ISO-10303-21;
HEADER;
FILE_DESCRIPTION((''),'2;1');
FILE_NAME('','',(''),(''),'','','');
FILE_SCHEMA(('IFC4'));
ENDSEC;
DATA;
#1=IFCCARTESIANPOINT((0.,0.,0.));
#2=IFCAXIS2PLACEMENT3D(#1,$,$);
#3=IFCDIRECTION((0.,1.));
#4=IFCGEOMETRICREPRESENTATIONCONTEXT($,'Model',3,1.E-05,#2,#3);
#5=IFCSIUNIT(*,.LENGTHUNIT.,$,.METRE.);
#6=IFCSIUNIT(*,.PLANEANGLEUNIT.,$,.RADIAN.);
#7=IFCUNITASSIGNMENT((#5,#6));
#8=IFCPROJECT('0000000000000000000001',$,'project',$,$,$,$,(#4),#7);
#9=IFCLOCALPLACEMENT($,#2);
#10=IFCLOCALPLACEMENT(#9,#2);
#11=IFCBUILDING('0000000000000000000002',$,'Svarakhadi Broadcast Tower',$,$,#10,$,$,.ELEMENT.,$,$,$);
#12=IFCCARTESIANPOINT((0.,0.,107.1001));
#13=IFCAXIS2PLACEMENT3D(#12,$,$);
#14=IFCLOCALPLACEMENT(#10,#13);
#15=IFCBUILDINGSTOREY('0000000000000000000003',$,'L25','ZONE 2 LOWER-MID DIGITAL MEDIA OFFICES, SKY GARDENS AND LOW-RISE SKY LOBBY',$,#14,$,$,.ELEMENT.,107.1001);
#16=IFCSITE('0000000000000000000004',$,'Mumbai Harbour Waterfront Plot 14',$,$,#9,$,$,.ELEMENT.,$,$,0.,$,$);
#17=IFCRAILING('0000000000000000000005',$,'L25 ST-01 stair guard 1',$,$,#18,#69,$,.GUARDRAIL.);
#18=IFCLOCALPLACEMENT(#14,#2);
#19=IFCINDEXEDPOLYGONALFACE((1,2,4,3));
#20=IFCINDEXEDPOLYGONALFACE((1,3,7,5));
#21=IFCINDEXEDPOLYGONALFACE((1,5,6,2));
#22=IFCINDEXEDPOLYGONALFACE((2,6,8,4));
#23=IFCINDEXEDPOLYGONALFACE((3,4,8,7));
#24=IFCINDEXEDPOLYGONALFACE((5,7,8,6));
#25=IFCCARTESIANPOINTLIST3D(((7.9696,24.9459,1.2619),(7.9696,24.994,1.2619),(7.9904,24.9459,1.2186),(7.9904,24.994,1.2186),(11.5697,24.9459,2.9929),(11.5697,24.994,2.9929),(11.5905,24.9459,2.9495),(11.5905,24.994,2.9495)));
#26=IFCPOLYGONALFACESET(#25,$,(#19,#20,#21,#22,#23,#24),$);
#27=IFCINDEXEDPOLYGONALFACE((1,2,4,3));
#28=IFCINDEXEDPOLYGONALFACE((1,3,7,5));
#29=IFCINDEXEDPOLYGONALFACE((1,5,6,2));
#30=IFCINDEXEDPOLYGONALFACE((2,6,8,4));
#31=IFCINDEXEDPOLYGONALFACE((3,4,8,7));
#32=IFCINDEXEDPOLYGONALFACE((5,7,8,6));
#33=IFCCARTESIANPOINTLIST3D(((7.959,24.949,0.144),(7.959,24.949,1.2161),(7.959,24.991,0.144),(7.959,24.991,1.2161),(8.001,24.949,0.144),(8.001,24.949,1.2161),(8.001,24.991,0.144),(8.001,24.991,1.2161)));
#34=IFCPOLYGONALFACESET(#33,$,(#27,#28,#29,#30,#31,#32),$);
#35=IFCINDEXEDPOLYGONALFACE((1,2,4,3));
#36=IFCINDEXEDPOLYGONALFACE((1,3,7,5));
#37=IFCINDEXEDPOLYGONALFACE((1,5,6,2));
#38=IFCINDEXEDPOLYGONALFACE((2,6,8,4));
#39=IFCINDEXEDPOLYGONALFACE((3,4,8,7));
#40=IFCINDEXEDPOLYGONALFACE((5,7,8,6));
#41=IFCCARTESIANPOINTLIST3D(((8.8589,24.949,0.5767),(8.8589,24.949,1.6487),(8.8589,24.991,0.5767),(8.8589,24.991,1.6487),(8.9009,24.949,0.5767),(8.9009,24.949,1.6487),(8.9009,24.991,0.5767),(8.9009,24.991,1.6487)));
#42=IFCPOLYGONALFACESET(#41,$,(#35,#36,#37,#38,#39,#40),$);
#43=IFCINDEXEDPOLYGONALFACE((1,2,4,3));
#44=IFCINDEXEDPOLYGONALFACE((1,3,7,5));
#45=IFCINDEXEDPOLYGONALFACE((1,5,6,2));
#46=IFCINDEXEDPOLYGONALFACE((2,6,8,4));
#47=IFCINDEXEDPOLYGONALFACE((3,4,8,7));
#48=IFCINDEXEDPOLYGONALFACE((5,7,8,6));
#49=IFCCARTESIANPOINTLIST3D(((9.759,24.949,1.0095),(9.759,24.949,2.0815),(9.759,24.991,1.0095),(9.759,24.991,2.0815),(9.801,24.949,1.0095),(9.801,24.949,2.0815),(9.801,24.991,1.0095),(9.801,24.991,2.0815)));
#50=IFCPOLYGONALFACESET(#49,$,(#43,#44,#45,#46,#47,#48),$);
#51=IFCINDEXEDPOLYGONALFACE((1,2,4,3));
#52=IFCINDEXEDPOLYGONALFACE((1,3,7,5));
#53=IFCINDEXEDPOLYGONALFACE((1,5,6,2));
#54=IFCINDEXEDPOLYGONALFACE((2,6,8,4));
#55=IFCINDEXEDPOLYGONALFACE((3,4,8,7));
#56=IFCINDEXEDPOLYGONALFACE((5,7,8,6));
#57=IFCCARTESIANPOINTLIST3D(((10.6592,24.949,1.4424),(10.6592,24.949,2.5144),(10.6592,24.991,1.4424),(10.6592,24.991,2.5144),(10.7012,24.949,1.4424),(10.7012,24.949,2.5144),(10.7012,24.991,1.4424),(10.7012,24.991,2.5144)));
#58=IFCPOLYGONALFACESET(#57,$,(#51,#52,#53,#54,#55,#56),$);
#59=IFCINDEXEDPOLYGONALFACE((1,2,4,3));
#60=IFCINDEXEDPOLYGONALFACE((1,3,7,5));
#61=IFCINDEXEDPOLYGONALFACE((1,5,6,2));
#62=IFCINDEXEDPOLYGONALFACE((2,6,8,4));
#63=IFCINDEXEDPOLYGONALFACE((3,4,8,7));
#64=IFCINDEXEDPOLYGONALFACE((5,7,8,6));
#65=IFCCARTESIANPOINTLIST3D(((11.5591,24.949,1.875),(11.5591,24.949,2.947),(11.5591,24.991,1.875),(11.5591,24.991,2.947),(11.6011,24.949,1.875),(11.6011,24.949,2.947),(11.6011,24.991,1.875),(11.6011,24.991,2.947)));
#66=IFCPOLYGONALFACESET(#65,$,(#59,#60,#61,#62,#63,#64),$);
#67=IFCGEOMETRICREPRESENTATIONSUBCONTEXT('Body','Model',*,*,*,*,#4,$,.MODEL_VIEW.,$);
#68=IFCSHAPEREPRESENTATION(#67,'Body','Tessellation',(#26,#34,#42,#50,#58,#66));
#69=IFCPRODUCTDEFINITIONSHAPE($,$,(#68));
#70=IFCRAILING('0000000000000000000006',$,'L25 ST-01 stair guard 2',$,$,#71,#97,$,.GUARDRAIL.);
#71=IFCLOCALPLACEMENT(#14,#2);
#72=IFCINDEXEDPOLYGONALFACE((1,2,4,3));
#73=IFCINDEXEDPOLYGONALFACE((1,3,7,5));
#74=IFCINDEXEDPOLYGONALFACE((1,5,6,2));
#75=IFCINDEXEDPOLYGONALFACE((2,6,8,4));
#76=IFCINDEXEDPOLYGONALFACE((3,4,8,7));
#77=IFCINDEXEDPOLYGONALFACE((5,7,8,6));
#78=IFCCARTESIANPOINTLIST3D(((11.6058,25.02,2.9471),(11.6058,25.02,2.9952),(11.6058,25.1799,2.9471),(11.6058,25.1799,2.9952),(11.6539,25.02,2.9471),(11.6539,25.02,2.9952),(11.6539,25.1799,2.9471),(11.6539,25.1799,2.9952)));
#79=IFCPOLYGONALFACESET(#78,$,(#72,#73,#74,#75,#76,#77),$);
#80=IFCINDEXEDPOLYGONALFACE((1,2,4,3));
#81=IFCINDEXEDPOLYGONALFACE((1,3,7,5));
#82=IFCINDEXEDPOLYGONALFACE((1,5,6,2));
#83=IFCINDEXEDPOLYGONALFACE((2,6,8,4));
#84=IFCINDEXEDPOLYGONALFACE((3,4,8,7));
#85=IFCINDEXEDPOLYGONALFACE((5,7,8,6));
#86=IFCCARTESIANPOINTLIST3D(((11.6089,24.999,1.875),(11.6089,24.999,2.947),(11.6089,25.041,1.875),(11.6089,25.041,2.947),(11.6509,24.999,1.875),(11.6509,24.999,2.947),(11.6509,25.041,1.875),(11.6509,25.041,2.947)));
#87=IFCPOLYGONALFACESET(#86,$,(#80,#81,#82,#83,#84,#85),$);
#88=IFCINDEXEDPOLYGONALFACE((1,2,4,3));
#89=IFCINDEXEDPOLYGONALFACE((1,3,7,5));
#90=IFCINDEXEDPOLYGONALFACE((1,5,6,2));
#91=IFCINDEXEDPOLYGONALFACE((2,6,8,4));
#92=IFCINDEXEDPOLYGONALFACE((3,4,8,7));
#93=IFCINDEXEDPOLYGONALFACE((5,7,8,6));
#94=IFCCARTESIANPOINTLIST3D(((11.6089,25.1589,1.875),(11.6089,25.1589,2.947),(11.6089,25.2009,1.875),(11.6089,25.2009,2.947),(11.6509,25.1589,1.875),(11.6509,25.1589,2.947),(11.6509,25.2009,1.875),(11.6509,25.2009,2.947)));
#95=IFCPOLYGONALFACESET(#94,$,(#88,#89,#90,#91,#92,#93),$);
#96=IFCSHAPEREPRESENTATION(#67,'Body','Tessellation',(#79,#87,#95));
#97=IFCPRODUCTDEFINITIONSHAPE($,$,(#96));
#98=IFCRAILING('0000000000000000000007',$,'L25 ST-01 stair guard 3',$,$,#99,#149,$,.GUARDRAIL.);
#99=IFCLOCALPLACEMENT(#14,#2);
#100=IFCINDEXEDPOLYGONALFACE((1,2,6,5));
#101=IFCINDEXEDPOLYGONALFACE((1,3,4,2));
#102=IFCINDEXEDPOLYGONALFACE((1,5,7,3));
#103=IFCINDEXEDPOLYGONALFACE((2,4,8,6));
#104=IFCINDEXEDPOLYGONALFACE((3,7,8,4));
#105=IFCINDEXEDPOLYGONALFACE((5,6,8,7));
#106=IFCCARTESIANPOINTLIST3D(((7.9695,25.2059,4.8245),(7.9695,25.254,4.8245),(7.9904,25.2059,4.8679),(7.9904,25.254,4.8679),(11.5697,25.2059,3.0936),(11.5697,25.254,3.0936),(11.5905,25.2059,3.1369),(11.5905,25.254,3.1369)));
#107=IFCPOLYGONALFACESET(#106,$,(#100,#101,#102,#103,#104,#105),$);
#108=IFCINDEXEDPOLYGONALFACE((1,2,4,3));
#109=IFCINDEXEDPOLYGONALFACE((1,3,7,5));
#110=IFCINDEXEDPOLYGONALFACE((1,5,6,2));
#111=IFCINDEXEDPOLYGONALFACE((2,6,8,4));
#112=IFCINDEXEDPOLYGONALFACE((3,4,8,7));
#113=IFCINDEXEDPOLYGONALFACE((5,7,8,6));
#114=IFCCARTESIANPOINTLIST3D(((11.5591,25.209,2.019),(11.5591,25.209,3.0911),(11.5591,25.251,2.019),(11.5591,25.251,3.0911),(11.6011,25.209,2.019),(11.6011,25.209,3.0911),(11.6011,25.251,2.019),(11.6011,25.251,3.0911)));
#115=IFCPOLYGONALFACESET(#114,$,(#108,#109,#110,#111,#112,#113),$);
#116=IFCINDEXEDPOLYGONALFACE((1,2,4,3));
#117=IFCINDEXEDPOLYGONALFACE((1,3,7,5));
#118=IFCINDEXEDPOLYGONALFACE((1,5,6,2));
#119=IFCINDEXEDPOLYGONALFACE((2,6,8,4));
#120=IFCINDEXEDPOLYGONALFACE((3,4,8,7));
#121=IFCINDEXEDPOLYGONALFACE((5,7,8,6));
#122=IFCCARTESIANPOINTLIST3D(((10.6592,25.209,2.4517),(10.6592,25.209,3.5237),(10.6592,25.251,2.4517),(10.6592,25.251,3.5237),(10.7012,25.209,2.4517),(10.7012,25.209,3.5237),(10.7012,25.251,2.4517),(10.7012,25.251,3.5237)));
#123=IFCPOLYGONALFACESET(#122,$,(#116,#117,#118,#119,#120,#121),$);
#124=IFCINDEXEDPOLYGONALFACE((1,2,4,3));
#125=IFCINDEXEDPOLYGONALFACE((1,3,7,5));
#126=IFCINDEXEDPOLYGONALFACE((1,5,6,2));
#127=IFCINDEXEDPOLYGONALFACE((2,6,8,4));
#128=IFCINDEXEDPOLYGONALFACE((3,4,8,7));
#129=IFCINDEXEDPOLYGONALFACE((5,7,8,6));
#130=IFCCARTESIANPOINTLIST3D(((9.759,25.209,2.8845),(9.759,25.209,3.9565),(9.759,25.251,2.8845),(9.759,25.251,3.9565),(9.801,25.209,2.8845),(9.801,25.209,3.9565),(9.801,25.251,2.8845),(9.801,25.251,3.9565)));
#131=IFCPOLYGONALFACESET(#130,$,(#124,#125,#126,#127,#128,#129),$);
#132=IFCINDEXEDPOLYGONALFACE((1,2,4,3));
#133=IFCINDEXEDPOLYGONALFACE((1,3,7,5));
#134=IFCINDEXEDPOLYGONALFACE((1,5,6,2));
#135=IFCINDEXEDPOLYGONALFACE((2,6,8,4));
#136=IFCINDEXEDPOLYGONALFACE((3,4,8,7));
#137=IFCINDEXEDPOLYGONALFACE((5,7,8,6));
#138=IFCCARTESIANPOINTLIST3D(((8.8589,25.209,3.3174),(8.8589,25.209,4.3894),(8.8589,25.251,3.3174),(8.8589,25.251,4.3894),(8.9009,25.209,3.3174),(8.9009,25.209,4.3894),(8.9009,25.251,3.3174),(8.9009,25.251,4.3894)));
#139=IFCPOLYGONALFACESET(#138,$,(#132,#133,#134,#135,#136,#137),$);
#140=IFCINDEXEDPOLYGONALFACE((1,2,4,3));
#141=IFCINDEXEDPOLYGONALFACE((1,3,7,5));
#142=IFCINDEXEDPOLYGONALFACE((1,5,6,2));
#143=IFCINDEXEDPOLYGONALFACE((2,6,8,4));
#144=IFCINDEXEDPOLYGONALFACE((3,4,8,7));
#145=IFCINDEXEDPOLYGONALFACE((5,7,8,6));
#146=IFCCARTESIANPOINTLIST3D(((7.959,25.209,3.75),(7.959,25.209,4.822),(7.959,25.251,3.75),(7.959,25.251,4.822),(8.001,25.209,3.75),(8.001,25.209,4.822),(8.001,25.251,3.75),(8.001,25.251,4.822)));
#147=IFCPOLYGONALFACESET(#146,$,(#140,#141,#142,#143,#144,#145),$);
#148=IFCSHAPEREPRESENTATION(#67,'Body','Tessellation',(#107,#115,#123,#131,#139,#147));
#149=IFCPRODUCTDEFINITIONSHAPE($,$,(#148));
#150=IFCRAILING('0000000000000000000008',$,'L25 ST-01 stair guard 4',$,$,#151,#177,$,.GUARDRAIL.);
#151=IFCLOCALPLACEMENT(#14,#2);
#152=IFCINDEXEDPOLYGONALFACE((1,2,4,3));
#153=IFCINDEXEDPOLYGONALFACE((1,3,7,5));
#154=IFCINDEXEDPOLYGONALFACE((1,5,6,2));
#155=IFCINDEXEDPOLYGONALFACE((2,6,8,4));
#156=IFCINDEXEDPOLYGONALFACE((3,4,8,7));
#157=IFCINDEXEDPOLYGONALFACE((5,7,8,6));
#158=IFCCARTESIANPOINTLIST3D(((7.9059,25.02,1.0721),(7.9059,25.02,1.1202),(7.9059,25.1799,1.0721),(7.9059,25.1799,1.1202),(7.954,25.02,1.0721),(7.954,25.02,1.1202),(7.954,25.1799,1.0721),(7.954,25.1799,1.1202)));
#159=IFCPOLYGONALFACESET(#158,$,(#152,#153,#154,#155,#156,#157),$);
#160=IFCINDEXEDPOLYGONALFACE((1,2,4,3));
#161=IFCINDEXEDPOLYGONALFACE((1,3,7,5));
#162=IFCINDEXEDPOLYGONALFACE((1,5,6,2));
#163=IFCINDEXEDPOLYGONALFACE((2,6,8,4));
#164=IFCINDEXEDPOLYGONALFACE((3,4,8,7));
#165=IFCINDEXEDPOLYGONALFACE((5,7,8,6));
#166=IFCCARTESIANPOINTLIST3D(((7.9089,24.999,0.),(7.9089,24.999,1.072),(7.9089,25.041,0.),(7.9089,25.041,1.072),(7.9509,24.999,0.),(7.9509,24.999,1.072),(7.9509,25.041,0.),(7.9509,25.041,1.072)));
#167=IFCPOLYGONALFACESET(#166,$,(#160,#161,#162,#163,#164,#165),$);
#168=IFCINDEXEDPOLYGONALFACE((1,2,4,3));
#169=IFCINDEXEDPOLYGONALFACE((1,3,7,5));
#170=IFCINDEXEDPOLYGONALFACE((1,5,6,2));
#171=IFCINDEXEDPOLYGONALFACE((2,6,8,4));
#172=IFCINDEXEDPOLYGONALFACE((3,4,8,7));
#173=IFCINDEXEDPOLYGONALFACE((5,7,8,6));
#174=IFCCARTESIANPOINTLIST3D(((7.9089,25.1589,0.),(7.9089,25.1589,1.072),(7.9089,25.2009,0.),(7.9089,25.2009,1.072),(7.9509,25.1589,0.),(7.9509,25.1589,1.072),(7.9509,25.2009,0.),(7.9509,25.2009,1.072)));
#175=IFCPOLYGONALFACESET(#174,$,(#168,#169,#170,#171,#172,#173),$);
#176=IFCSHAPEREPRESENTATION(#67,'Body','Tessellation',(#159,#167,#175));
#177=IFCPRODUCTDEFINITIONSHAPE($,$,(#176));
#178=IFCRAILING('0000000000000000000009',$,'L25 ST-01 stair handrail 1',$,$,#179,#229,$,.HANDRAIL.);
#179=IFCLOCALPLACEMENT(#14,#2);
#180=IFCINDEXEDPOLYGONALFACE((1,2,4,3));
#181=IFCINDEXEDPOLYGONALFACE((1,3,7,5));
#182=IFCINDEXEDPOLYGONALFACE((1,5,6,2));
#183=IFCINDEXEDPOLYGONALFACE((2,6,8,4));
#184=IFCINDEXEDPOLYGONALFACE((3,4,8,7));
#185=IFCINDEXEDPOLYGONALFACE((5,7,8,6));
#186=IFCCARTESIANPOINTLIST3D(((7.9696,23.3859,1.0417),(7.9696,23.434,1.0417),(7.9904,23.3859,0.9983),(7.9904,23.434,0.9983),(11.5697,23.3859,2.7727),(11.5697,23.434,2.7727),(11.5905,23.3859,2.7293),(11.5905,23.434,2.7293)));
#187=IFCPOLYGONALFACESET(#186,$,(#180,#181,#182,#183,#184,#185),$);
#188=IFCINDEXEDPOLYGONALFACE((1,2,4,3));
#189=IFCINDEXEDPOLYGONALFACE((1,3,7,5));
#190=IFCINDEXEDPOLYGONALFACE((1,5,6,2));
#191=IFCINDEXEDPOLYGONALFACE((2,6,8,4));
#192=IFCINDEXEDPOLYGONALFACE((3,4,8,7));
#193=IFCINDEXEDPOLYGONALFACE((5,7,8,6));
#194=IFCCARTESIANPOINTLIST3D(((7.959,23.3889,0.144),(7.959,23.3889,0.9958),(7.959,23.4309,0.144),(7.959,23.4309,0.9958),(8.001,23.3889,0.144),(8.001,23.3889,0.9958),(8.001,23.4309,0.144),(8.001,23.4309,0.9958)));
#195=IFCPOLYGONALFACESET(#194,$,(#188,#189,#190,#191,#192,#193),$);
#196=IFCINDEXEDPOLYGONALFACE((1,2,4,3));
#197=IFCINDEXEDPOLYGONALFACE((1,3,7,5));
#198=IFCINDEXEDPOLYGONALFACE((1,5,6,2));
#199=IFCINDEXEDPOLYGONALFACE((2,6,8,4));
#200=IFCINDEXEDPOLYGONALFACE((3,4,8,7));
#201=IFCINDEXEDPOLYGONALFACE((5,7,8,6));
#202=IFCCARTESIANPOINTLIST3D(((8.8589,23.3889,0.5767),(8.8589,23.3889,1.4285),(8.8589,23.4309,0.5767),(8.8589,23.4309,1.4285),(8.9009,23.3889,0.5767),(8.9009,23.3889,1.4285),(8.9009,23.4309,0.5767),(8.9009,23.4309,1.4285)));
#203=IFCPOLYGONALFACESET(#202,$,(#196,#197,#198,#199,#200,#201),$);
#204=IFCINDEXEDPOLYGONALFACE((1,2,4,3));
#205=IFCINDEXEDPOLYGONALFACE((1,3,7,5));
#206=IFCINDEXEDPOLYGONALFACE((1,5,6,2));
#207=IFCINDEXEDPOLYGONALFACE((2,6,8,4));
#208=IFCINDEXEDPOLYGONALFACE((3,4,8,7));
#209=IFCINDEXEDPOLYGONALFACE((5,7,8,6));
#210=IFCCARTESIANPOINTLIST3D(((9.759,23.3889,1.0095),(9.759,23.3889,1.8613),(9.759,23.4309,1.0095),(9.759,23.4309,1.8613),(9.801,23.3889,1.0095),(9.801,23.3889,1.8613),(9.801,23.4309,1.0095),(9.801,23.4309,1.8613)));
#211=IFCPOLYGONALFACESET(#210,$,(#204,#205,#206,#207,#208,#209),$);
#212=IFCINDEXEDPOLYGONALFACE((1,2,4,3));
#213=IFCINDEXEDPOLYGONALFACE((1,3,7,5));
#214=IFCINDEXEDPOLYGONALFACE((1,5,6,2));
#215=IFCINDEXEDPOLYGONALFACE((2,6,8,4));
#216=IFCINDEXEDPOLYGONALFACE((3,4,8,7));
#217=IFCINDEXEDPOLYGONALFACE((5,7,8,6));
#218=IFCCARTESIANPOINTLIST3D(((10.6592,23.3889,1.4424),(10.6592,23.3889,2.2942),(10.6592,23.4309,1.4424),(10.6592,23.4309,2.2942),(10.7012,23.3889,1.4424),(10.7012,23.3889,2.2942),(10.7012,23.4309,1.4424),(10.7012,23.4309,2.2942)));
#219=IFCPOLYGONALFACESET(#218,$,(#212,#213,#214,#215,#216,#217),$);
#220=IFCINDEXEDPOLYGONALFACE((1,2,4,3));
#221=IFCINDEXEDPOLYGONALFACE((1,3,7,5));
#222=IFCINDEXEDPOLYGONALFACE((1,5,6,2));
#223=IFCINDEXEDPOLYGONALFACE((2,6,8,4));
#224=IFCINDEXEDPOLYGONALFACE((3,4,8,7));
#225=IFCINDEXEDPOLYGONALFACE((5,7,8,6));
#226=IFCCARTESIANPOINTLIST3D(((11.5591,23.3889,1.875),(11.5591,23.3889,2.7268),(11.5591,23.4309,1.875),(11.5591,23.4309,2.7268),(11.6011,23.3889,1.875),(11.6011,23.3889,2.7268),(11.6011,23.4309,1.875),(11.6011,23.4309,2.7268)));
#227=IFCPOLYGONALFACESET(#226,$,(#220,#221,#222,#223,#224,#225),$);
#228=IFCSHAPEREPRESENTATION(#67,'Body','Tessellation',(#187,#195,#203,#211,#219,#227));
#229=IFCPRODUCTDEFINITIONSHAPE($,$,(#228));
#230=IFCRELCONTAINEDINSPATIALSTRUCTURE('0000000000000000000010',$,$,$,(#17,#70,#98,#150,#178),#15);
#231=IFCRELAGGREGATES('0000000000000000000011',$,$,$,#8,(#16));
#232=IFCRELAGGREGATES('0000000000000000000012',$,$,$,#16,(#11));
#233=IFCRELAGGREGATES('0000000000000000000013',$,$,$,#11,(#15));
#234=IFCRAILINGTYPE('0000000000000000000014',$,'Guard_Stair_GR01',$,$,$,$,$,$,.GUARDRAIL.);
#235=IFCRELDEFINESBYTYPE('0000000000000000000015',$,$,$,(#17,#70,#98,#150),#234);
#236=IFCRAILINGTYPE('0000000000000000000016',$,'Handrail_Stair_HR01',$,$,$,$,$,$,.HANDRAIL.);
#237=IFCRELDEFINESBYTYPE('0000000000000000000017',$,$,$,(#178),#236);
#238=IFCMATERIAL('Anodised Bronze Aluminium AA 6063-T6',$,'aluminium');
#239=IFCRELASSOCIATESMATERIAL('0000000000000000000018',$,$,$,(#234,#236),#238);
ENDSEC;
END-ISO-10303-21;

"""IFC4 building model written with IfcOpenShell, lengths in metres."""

from ifc_helpers import new_model, si_unit, direction, frame, origin, origin_2d, place, context, subcontext, project, spatial, rectangle, extrude, material, type_object, element, save


model = new_model("IFC4")

# Units and contexts
model_context = context("Model", 3, precision=1e-05, world=origin(), true_north=direction((0.0, 1.0)))
body_context = subcontext(model_context, "Body", "Model", "MODEL_VIEW")
ifc_project = project(units=[si_unit("LENGTHUNIT", "METRE"), si_unit("PLANEANGLEUNIT", "RADIAN")], contexts=[model_context])

# Site, building, storey
site_placement = place(None, origin())
site = spatial("IfcSite", under=ifc_project, at=site_placement, Name="Mumbai Harbour Waterfront Plot 14", CompositionType="ELEMENT", RefElevation=0.0)
building_placement = place(site_placement, origin())
building = spatial("IfcBuilding", under=site, at=building_placement, Name="Svarakhadi Broadcast Tower", CompositionType="ELEMENT")
storey_placement = place(building_placement, frame((0.0, 0.0, 107.1001)))
storey = spatial("IfcBuildingStorey", under=building, at=storey_placement, Name="L25", Description="ZONE 2 LOWER-MID DIGITAL MEDIA OFFICES, SKY GARDENS AND LOW-RISE SKY LOBBY", CompositionType="ELEMENT", Elevation=107.1001)

# Railings
ifc_material_1 = material(Name="Anodised Bronze Aluminium AA 6063-T6", Category="aluminium")
railing_type_1 = type_object("IfcRailingType", Name="Guard_Stair_GR01", PredefinedType="GUARDRAIL", material=ifc_material_1)
railing_1_placement = place(storey_placement, frame((7.98, 24.97, 0.144)))
element("IfcRailing", 1, at=railing_1_placement, inside=storey, type_object=railing_type_1, Name="L25 ST-01 stair guard 1", PredefinedType="GUARDRAIL", context=body_context, shape_type="SweptSolid", body=[
    extrude(rectangle(XDim=0.0481, YDim=0.0481, at=origin_2d()), frame((0.0, 0.0, 1.0962), z_axis=(0.901239, 0.0, 0.433323), x_axis=(0.0, 1.0, 0.0)), (0.0, 0.0, 1.0), 3.9946),
    extrude(rectangle(XDim=0.042, YDim=0.042, at=origin_2d()), origin(), (0.0, 0.0, 1.0), 1.072),
    extrude(rectangle(XDim=0.042, YDim=0.042, at=origin_2d()), frame((0.8999, 0.0, 0.4326)), (0.0, 0.0, 1.0), 1.072),
    extrude(rectangle(XDim=0.042, YDim=0.042, at=origin_2d()), frame((1.8, 0.0, 0.8655)), (0.0, 0.0, 1.0), 1.072),
    extrude(rectangle(XDim=0.042, YDim=0.042, at=origin_2d()), frame((2.7002, 0.0, 1.2983)), (0.0, 0.0, 1.0), 1.072),
    extrude(rectangle(XDim=0.042, YDim=0.042, at=origin_2d()), frame((3.6001, 0.0, 1.731)), (0.0, 0.0, 1.0), 1.072),
])
railing_2_placement = place(storey_placement, frame((11.6299, 25.02, 1.875)))
element("IfcRailing", 2, at=railing_2_placement, inside=storey, type_object=railing_type_1, Name="L25 ST-01 stair guard 2", PredefinedType="GUARDRAIL", context=body_context, shape_type="SweptSolid", body=[
    extrude(rectangle(XDim=0.0481, YDim=0.0481, at=origin_2d()), frame((0.0, 0.0, 1.0962), z_axis=(0.0, 1.0, 0.0), x_axis=(-1.0, 0.0, 0.0)), (0.0, 0.0, 1.0), 0.1599),
    extrude(rectangle(XDim=0.042, YDim=0.042, at=origin_2d()), origin(), (0.0, 0.0, 1.0), 1.072),
    extrude(rectangle(XDim=0.042, YDim=0.042, at=origin_2d()), frame((0.0, 0.1599, 0.0)), (0.0, 0.0, 1.0), 1.072),
])
railing_3_placement = place(storey_placement, frame((11.5801, 25.23, 2.019)))
element("IfcRailing", 3, at=railing_3_placement, inside=storey, type_object=railing_type_1, Name="L25 ST-01 stair guard 3", PredefinedType="GUARDRAIL", context=body_context, shape_type="SweptSolid", body=[
    extrude(rectangle(XDim=0.0481, YDim=0.0481, at=origin_2d()), frame((0.0, 0.0, 1.0962), z_axis=(-0.901239, 0.0, 0.433323), x_axis=(0.0, -1.0, 0.0)), (0.0, 0.0, 1.0), 3.9946),
    extrude(rectangle(XDim=0.042, YDim=0.042, at=origin_2d()), origin(), (0.0, 0.0, 1.0), 1.072),
    extrude(rectangle(XDim=0.042, YDim=0.042, at=origin_2d()), frame((-0.8999, 0.0, 0.4326)), (0.0, 0.0, 1.0), 1.072),
    extrude(rectangle(XDim=0.042, YDim=0.042, at=origin_2d()), frame((-1.8, 0.0, 0.8655)), (0.0, 0.0, 1.0), 1.072),
    extrude(rectangle(XDim=0.042, YDim=0.042, at=origin_2d()), frame((-2.7002, 0.0, 1.2983)), (0.0, 0.0, 1.0), 1.072),
    extrude(rectangle(XDim=0.042, YDim=0.042, at=origin_2d()), frame((-3.6001, 0.0, 1.731)), (0.0, 0.0, 1.0), 1.072),
])
railing_4_placement = place(storey_placement, frame((7.9299, 25.02, 0.0)))
element("IfcRailing", 4, at=railing_4_placement, inside=storey, type_object=railing_type_1, Name="L25 ST-01 stair guard 4", PredefinedType="GUARDRAIL", context=body_context, shape_type="SweptSolid", body=[
    extrude(rectangle(XDim=0.0481, YDim=0.0481, at=origin_2d()), frame((0.0, 0.0, 1.0962), z_axis=(0.0, 1.0, 0.0), x_axis=(-1.0, 0.0, 0.0)), (0.0, 0.0, 1.0), 0.1599),
    extrude(rectangle(XDim=0.042, YDim=0.042, at=origin_2d()), origin(), (0.0, 0.0, 1.0), 1.072),
    extrude(rectangle(XDim=0.042, YDim=0.042, at=origin_2d()), frame((0.0, 0.1599, 0.0)), (0.0, 0.0, 1.0), 1.072),
])
railing_type_2 = type_object("IfcRailingType", Name="Handrail_Stair_HR01", PredefinedType="HANDRAIL", material=ifc_material_1)
railing_5_placement = place(storey_placement, frame((7.98, 23.4099, 0.144)))
element("IfcRailing", 5, at=railing_5_placement, inside=storey, type_object=railing_type_2, Name="L25 ST-01 stair handrail 1", PredefinedType="HANDRAIL", context=body_context, shape_type="SweptSolid", body=[
    extrude(rectangle(XDim=0.0481, YDim=0.0481, at=origin_2d()), frame((0.0, 0.0, 0.876), z_axis=(0.901239, 0.0, 0.433323), x_axis=(0.0, 1.0, 0.0)), (0.0, 0.0, 1.0), 3.9946),
    extrude(rectangle(XDim=0.042, YDim=0.042, at=origin_2d()), origin(), (0.0, 0.0, 1.0), 0.8518),
    extrude(rectangle(XDim=0.042, YDim=0.042, at=origin_2d()), frame((0.8999, 0.0, 0.4326)), (0.0, 0.0, 1.0), 0.8518),
    extrude(rectangle(XDim=0.042, YDim=0.042, at=origin_2d()), frame((1.8, 0.0, 0.8655)), (0.0, 0.0, 1.0), 0.8518),
    extrude(rectangle(XDim=0.042, YDim=0.042, at=origin_2d()), frame((2.7002, 0.0, 1.2983)), (0.0, 0.0, 1.0), 0.8518),
    extrude(rectangle(XDim=0.042, YDim=0.042, at=origin_2d()), frame((3.6001, 0.0, 1.731)), (0.0, 0.0, 1.0), 0.8518),
])

save(model, "model.ifc")
